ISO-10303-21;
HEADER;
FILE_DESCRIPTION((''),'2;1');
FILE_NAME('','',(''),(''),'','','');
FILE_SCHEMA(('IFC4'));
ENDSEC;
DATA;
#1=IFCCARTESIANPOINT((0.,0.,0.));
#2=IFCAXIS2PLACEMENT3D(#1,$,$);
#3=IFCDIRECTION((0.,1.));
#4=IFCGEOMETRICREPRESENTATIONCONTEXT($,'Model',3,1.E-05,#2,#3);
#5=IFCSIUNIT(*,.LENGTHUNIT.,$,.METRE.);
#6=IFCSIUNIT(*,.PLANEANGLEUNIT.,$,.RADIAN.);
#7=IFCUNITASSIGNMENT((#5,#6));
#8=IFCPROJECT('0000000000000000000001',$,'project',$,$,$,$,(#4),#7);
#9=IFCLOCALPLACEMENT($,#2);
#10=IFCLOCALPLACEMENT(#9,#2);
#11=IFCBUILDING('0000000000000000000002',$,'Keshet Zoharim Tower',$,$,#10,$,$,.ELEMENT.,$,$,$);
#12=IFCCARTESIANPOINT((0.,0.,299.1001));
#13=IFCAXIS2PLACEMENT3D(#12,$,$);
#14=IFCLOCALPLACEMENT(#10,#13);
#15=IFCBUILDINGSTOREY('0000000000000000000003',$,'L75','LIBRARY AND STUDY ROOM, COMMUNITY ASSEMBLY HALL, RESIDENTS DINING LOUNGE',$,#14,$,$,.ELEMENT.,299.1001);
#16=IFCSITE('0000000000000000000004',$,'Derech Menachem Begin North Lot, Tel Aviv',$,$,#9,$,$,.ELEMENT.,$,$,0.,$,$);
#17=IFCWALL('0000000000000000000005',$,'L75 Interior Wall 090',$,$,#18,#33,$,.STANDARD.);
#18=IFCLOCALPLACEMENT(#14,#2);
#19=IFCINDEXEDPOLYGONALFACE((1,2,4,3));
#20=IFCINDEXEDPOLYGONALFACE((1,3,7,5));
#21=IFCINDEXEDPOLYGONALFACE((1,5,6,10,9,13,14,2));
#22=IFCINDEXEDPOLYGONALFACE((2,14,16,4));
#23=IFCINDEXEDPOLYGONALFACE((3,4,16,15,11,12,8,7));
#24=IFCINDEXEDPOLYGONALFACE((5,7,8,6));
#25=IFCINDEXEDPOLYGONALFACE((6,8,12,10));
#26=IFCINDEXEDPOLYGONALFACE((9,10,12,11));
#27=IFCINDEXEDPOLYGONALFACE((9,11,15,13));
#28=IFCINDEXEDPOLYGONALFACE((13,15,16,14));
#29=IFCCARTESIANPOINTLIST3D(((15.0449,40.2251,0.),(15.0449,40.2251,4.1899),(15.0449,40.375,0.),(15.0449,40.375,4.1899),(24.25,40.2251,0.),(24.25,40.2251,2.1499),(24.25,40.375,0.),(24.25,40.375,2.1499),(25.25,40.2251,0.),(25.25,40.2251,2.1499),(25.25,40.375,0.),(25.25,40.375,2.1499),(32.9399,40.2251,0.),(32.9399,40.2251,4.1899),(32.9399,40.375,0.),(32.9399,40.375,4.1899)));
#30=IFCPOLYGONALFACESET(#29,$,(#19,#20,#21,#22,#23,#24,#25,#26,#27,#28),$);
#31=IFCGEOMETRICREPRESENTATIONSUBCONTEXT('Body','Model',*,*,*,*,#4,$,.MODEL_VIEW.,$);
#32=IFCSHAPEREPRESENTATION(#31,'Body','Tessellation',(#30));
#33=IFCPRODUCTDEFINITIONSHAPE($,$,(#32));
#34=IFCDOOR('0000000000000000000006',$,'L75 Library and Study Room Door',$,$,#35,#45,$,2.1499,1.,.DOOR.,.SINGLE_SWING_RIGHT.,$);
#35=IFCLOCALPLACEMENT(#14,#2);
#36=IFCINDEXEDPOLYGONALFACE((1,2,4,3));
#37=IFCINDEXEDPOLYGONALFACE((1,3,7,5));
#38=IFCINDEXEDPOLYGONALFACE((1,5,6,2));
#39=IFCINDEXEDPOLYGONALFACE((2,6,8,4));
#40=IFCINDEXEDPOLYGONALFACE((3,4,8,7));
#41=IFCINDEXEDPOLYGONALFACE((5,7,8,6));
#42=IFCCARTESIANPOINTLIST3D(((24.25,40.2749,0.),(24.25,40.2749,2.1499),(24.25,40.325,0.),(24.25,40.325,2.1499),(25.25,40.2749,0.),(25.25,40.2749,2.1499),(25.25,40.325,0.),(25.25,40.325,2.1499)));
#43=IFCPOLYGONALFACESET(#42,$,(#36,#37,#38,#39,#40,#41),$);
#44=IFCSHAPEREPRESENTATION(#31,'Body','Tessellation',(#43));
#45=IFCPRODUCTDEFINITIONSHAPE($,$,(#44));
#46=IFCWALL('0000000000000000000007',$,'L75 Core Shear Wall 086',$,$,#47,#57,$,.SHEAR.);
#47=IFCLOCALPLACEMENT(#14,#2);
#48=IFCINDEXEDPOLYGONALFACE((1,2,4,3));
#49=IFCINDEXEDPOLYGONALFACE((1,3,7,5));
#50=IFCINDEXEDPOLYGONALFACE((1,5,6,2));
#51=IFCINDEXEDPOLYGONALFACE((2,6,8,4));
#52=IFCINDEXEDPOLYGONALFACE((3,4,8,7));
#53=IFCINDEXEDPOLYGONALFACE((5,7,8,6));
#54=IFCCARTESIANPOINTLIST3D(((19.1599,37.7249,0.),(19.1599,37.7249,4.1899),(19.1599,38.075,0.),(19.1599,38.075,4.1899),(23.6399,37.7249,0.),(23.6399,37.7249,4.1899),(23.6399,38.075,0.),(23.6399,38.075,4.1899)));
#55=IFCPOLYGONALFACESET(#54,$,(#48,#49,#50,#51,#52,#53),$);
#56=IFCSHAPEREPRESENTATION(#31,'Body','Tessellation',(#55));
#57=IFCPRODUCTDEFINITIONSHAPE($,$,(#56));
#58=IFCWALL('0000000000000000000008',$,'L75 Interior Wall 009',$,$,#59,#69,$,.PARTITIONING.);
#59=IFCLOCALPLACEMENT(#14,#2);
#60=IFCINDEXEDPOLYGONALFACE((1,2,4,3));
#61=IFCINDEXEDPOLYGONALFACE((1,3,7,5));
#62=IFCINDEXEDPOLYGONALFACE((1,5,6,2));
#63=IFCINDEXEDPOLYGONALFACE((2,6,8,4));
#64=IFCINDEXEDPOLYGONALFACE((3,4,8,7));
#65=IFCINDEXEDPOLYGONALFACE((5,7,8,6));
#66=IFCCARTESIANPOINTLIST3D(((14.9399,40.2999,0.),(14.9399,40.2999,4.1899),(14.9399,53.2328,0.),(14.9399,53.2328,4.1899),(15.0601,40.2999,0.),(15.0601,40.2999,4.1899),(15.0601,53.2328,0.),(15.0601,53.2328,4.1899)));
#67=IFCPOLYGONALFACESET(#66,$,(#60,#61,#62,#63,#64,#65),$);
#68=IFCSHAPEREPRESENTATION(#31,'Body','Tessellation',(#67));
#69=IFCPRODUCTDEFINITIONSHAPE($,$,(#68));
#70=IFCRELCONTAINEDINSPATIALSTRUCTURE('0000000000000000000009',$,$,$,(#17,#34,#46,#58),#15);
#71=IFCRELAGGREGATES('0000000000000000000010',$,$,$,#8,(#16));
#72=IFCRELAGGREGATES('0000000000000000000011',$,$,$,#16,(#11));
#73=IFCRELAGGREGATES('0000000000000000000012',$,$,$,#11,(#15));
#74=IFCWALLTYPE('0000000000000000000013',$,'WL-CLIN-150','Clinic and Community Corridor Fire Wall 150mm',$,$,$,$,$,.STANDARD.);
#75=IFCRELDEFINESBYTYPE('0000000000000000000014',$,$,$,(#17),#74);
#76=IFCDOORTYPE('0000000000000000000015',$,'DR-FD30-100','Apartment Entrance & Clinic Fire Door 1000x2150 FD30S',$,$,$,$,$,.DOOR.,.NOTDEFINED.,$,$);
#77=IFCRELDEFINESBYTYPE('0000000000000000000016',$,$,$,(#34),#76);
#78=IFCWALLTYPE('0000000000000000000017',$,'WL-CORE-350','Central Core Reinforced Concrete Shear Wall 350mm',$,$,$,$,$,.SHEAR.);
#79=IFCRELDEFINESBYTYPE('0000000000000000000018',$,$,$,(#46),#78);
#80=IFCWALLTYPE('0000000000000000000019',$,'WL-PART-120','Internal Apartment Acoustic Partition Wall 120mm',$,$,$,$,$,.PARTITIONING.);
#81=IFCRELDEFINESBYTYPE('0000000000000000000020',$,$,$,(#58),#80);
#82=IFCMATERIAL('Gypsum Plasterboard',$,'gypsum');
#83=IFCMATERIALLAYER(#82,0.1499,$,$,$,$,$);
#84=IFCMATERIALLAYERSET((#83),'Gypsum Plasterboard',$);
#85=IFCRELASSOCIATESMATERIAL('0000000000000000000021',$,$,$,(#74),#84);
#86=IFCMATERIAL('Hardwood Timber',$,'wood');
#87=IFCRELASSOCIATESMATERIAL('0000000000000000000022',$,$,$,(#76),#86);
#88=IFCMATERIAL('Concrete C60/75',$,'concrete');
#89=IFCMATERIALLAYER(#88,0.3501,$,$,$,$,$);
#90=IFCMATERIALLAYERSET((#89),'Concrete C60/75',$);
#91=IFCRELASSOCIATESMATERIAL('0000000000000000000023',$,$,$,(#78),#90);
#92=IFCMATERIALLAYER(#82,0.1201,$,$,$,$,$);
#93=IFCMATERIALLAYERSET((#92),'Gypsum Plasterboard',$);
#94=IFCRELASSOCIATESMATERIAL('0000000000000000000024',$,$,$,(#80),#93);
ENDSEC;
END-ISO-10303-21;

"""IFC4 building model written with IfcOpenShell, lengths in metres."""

from ifc_helpers import new_model, si_unit, direction, frame, frame_2d, origin, place, context, subcontext, project, spatial, rectangle, extrude, material, layer, layer_set, type_object, element, fill, save


model = new_model("IFC4")

# Units and contexts
model_context = context("Model", 3, precision=1e-05, world=origin(), true_north=direction((0.0, 1.0)))
body_context = subcontext(model_context, "Body", "Model", "MODEL_VIEW")
ifc_project = project(units=[si_unit("LENGTHUNIT", "METRE"), si_unit("PLANEANGLEUNIT", "RADIAN")], contexts=[model_context])

# Site, building, storey
site_placement = place(None, origin())
site = spatial("IfcSite", under=ifc_project, at=site_placement, Name="Derech Menachem Begin North Lot, Tel Aviv", CompositionType="ELEMENT", RefElevation=0.0)
building_placement = place(site_placement, origin())
building = spatial("IfcBuilding", under=site, at=building_placement, Name="Keshet Zoharim Tower", CompositionType="ELEMENT")
storey_placement = place(building_placement, frame((0.0, 0.0, 299.1001)))
storey = spatial("IfcBuildingStorey", under=building, at=storey_placement, Name="L75", Description="LIBRARY AND STUDY ROOM, COMMUNITY ASSEMBLY HALL, RESIDENTS DINING LOUNGE", CompositionType="ELEMENT", Elevation=299.1001)

# Shared definitions
ifc_material_1 = material(Name="Gypsum Plasterboard", Category="gypsum")
ifc_layer_1 = layer(ifc_material_1, 0.1499)
ifc_layer_set_1 = layer_set([ifc_layer_1], Name="Gypsum Plasterboard")
wall_type_1 = type_object("IfcWallType", Name="WL-CLIN-150", Description="Clinic and Community Corridor Fire Wall 150mm", PredefinedType="STANDARD", material=ifc_layer_set_1)

# Wall, opening, door
wall_1_placement = place(storey_placement, frame((15.0449, 40.3, 0.0), z_axis=(0.0, 0.0, 1.0), x_axis=(1.0, 0.0, 0.0)))
wall_1 = element("IfcWall", 1, at=wall_1_placement, inside=storey, type_object=wall_type_1, Name="L75 Interior Wall 090", PredefinedType="STANDARD", context=body_context, shape_type="SweptSolid", body=[
    extrude(rectangle(XDim=17.895, YDim=0.1499, at=frame_2d((8.9475, 0.0))), origin(), (0.0, 0.0, 1.0), 4.1899),
])
opening_placement = place(wall_1_placement, frame((9.2051, 0.0, 0.0)))
opening = element("IfcOpeningElement", 2, at=opening_placement, cuts=wall_1, PredefinedType="OPENING", context=body_context, shape_type="SweptSolid", body=[
    extrude(rectangle(XDim=1.0, YDim=2.1499, at=frame_2d((0.5, 1.075))), frame((0.0, 0.085, 0.0), z_axis=(0.0, -1.0, 0.0), x_axis=(1.0, 0.0, 0.0)), (0.0, 0.0, 1.0), 0.1699),
])
ifc_material_2 = material(Name="Hardwood Timber", Category="wood")
door_type = type_object("IfcDoorType", Name="DR-FD30-100", Description="Apartment Entrance & Clinic Fire Door 1000x2150 FD30S", OperationType="NOTDEFINED", PredefinedType="DOOR", material=ifc_material_2)
door_placement = place(opening_placement, origin())
door = element("IfcDoor", 3, at=door_placement, inside=storey, type_object=door_type, Name="L75 Library and Study Room Door", OperationType="SINGLE_SWING_RIGHT", OverallHeight=2.1499, OverallWidth=1.0, PredefinedType="DOOR", context=body_context, shape_type="SweptSolid", body=[
    extrude(rectangle(XDim=1.0, YDim=2.1499, at=frame_2d((0.5, 1.075))), frame((0.0, 0.0249, 0.0), z_axis=(0.0, -1.0, 0.0), x_axis=(1.0, 0.0, 0.0)), (0.0, 0.0, 1.0), 0.05),
])
fill(opening, door)

# Walls
ifc_material_3 = material(Name="Concrete C60/75", Category="concrete")
ifc_layer_2 = layer(ifc_material_3, 0.3501)
ifc_layer_set_2 = layer_set([ifc_layer_2], Name="Concrete C60/75")
wall_type_2 = type_object("IfcWallType", Name="WL-CORE-350", Description="Central Core Reinforced Concrete Shear Wall 350mm", PredefinedType="SHEAR", material=ifc_layer_set_2)
wall_2_placement = place(storey_placement, frame((19.1599, 37.8999, 0.0), z_axis=(0.0, 0.0, 1.0), x_axis=(1.0, 0.0, 0.0)))
element("IfcWall", 4, at=wall_2_placement, inside=storey, type_object=wall_type_2, Name="L75 Core Shear Wall 086", PredefinedType="SHEAR", context=body_context, shape_type="SweptSolid", body=[
    extrude(rectangle(XDim=4.48, YDim=0.3501, at=frame_2d((2.24, 0.0))), origin(), (0.0, 0.0, 1.0), 4.1899),
])
ifc_layer_3 = layer(ifc_material_1, 0.1201)
ifc_layer_set_3 = layer_set([ifc_layer_3], Name="Gypsum Plasterboard")
wall_type_3 = type_object("IfcWallType", Name="WL-PART-120", Description="Internal Apartment Acoustic Partition Wall 120mm", PredefinedType="PARTITIONING", material=ifc_layer_set_3)
wall_3_placement = place(storey_placement, frame((15.0, 40.3, 0.0), z_axis=(0.0, 0.0, 1.0), x_axis=(0.0, 1.0, 0.0)))
element("IfcWall", 5, at=wall_3_placement, inside=storey, type_object=wall_type_3, Name="L75 Interior Wall 009", PredefinedType="PARTITIONING", context=body_context, shape_type="SweptSolid", body=[
    extrude(rectangle(XDim=12.9329, YDim=0.1201, at=frame_2d((6.4663, 0.0))), origin(), (0.0, 0.0, 1.0), 4.1899),
])

save(model, "model.ifc")
